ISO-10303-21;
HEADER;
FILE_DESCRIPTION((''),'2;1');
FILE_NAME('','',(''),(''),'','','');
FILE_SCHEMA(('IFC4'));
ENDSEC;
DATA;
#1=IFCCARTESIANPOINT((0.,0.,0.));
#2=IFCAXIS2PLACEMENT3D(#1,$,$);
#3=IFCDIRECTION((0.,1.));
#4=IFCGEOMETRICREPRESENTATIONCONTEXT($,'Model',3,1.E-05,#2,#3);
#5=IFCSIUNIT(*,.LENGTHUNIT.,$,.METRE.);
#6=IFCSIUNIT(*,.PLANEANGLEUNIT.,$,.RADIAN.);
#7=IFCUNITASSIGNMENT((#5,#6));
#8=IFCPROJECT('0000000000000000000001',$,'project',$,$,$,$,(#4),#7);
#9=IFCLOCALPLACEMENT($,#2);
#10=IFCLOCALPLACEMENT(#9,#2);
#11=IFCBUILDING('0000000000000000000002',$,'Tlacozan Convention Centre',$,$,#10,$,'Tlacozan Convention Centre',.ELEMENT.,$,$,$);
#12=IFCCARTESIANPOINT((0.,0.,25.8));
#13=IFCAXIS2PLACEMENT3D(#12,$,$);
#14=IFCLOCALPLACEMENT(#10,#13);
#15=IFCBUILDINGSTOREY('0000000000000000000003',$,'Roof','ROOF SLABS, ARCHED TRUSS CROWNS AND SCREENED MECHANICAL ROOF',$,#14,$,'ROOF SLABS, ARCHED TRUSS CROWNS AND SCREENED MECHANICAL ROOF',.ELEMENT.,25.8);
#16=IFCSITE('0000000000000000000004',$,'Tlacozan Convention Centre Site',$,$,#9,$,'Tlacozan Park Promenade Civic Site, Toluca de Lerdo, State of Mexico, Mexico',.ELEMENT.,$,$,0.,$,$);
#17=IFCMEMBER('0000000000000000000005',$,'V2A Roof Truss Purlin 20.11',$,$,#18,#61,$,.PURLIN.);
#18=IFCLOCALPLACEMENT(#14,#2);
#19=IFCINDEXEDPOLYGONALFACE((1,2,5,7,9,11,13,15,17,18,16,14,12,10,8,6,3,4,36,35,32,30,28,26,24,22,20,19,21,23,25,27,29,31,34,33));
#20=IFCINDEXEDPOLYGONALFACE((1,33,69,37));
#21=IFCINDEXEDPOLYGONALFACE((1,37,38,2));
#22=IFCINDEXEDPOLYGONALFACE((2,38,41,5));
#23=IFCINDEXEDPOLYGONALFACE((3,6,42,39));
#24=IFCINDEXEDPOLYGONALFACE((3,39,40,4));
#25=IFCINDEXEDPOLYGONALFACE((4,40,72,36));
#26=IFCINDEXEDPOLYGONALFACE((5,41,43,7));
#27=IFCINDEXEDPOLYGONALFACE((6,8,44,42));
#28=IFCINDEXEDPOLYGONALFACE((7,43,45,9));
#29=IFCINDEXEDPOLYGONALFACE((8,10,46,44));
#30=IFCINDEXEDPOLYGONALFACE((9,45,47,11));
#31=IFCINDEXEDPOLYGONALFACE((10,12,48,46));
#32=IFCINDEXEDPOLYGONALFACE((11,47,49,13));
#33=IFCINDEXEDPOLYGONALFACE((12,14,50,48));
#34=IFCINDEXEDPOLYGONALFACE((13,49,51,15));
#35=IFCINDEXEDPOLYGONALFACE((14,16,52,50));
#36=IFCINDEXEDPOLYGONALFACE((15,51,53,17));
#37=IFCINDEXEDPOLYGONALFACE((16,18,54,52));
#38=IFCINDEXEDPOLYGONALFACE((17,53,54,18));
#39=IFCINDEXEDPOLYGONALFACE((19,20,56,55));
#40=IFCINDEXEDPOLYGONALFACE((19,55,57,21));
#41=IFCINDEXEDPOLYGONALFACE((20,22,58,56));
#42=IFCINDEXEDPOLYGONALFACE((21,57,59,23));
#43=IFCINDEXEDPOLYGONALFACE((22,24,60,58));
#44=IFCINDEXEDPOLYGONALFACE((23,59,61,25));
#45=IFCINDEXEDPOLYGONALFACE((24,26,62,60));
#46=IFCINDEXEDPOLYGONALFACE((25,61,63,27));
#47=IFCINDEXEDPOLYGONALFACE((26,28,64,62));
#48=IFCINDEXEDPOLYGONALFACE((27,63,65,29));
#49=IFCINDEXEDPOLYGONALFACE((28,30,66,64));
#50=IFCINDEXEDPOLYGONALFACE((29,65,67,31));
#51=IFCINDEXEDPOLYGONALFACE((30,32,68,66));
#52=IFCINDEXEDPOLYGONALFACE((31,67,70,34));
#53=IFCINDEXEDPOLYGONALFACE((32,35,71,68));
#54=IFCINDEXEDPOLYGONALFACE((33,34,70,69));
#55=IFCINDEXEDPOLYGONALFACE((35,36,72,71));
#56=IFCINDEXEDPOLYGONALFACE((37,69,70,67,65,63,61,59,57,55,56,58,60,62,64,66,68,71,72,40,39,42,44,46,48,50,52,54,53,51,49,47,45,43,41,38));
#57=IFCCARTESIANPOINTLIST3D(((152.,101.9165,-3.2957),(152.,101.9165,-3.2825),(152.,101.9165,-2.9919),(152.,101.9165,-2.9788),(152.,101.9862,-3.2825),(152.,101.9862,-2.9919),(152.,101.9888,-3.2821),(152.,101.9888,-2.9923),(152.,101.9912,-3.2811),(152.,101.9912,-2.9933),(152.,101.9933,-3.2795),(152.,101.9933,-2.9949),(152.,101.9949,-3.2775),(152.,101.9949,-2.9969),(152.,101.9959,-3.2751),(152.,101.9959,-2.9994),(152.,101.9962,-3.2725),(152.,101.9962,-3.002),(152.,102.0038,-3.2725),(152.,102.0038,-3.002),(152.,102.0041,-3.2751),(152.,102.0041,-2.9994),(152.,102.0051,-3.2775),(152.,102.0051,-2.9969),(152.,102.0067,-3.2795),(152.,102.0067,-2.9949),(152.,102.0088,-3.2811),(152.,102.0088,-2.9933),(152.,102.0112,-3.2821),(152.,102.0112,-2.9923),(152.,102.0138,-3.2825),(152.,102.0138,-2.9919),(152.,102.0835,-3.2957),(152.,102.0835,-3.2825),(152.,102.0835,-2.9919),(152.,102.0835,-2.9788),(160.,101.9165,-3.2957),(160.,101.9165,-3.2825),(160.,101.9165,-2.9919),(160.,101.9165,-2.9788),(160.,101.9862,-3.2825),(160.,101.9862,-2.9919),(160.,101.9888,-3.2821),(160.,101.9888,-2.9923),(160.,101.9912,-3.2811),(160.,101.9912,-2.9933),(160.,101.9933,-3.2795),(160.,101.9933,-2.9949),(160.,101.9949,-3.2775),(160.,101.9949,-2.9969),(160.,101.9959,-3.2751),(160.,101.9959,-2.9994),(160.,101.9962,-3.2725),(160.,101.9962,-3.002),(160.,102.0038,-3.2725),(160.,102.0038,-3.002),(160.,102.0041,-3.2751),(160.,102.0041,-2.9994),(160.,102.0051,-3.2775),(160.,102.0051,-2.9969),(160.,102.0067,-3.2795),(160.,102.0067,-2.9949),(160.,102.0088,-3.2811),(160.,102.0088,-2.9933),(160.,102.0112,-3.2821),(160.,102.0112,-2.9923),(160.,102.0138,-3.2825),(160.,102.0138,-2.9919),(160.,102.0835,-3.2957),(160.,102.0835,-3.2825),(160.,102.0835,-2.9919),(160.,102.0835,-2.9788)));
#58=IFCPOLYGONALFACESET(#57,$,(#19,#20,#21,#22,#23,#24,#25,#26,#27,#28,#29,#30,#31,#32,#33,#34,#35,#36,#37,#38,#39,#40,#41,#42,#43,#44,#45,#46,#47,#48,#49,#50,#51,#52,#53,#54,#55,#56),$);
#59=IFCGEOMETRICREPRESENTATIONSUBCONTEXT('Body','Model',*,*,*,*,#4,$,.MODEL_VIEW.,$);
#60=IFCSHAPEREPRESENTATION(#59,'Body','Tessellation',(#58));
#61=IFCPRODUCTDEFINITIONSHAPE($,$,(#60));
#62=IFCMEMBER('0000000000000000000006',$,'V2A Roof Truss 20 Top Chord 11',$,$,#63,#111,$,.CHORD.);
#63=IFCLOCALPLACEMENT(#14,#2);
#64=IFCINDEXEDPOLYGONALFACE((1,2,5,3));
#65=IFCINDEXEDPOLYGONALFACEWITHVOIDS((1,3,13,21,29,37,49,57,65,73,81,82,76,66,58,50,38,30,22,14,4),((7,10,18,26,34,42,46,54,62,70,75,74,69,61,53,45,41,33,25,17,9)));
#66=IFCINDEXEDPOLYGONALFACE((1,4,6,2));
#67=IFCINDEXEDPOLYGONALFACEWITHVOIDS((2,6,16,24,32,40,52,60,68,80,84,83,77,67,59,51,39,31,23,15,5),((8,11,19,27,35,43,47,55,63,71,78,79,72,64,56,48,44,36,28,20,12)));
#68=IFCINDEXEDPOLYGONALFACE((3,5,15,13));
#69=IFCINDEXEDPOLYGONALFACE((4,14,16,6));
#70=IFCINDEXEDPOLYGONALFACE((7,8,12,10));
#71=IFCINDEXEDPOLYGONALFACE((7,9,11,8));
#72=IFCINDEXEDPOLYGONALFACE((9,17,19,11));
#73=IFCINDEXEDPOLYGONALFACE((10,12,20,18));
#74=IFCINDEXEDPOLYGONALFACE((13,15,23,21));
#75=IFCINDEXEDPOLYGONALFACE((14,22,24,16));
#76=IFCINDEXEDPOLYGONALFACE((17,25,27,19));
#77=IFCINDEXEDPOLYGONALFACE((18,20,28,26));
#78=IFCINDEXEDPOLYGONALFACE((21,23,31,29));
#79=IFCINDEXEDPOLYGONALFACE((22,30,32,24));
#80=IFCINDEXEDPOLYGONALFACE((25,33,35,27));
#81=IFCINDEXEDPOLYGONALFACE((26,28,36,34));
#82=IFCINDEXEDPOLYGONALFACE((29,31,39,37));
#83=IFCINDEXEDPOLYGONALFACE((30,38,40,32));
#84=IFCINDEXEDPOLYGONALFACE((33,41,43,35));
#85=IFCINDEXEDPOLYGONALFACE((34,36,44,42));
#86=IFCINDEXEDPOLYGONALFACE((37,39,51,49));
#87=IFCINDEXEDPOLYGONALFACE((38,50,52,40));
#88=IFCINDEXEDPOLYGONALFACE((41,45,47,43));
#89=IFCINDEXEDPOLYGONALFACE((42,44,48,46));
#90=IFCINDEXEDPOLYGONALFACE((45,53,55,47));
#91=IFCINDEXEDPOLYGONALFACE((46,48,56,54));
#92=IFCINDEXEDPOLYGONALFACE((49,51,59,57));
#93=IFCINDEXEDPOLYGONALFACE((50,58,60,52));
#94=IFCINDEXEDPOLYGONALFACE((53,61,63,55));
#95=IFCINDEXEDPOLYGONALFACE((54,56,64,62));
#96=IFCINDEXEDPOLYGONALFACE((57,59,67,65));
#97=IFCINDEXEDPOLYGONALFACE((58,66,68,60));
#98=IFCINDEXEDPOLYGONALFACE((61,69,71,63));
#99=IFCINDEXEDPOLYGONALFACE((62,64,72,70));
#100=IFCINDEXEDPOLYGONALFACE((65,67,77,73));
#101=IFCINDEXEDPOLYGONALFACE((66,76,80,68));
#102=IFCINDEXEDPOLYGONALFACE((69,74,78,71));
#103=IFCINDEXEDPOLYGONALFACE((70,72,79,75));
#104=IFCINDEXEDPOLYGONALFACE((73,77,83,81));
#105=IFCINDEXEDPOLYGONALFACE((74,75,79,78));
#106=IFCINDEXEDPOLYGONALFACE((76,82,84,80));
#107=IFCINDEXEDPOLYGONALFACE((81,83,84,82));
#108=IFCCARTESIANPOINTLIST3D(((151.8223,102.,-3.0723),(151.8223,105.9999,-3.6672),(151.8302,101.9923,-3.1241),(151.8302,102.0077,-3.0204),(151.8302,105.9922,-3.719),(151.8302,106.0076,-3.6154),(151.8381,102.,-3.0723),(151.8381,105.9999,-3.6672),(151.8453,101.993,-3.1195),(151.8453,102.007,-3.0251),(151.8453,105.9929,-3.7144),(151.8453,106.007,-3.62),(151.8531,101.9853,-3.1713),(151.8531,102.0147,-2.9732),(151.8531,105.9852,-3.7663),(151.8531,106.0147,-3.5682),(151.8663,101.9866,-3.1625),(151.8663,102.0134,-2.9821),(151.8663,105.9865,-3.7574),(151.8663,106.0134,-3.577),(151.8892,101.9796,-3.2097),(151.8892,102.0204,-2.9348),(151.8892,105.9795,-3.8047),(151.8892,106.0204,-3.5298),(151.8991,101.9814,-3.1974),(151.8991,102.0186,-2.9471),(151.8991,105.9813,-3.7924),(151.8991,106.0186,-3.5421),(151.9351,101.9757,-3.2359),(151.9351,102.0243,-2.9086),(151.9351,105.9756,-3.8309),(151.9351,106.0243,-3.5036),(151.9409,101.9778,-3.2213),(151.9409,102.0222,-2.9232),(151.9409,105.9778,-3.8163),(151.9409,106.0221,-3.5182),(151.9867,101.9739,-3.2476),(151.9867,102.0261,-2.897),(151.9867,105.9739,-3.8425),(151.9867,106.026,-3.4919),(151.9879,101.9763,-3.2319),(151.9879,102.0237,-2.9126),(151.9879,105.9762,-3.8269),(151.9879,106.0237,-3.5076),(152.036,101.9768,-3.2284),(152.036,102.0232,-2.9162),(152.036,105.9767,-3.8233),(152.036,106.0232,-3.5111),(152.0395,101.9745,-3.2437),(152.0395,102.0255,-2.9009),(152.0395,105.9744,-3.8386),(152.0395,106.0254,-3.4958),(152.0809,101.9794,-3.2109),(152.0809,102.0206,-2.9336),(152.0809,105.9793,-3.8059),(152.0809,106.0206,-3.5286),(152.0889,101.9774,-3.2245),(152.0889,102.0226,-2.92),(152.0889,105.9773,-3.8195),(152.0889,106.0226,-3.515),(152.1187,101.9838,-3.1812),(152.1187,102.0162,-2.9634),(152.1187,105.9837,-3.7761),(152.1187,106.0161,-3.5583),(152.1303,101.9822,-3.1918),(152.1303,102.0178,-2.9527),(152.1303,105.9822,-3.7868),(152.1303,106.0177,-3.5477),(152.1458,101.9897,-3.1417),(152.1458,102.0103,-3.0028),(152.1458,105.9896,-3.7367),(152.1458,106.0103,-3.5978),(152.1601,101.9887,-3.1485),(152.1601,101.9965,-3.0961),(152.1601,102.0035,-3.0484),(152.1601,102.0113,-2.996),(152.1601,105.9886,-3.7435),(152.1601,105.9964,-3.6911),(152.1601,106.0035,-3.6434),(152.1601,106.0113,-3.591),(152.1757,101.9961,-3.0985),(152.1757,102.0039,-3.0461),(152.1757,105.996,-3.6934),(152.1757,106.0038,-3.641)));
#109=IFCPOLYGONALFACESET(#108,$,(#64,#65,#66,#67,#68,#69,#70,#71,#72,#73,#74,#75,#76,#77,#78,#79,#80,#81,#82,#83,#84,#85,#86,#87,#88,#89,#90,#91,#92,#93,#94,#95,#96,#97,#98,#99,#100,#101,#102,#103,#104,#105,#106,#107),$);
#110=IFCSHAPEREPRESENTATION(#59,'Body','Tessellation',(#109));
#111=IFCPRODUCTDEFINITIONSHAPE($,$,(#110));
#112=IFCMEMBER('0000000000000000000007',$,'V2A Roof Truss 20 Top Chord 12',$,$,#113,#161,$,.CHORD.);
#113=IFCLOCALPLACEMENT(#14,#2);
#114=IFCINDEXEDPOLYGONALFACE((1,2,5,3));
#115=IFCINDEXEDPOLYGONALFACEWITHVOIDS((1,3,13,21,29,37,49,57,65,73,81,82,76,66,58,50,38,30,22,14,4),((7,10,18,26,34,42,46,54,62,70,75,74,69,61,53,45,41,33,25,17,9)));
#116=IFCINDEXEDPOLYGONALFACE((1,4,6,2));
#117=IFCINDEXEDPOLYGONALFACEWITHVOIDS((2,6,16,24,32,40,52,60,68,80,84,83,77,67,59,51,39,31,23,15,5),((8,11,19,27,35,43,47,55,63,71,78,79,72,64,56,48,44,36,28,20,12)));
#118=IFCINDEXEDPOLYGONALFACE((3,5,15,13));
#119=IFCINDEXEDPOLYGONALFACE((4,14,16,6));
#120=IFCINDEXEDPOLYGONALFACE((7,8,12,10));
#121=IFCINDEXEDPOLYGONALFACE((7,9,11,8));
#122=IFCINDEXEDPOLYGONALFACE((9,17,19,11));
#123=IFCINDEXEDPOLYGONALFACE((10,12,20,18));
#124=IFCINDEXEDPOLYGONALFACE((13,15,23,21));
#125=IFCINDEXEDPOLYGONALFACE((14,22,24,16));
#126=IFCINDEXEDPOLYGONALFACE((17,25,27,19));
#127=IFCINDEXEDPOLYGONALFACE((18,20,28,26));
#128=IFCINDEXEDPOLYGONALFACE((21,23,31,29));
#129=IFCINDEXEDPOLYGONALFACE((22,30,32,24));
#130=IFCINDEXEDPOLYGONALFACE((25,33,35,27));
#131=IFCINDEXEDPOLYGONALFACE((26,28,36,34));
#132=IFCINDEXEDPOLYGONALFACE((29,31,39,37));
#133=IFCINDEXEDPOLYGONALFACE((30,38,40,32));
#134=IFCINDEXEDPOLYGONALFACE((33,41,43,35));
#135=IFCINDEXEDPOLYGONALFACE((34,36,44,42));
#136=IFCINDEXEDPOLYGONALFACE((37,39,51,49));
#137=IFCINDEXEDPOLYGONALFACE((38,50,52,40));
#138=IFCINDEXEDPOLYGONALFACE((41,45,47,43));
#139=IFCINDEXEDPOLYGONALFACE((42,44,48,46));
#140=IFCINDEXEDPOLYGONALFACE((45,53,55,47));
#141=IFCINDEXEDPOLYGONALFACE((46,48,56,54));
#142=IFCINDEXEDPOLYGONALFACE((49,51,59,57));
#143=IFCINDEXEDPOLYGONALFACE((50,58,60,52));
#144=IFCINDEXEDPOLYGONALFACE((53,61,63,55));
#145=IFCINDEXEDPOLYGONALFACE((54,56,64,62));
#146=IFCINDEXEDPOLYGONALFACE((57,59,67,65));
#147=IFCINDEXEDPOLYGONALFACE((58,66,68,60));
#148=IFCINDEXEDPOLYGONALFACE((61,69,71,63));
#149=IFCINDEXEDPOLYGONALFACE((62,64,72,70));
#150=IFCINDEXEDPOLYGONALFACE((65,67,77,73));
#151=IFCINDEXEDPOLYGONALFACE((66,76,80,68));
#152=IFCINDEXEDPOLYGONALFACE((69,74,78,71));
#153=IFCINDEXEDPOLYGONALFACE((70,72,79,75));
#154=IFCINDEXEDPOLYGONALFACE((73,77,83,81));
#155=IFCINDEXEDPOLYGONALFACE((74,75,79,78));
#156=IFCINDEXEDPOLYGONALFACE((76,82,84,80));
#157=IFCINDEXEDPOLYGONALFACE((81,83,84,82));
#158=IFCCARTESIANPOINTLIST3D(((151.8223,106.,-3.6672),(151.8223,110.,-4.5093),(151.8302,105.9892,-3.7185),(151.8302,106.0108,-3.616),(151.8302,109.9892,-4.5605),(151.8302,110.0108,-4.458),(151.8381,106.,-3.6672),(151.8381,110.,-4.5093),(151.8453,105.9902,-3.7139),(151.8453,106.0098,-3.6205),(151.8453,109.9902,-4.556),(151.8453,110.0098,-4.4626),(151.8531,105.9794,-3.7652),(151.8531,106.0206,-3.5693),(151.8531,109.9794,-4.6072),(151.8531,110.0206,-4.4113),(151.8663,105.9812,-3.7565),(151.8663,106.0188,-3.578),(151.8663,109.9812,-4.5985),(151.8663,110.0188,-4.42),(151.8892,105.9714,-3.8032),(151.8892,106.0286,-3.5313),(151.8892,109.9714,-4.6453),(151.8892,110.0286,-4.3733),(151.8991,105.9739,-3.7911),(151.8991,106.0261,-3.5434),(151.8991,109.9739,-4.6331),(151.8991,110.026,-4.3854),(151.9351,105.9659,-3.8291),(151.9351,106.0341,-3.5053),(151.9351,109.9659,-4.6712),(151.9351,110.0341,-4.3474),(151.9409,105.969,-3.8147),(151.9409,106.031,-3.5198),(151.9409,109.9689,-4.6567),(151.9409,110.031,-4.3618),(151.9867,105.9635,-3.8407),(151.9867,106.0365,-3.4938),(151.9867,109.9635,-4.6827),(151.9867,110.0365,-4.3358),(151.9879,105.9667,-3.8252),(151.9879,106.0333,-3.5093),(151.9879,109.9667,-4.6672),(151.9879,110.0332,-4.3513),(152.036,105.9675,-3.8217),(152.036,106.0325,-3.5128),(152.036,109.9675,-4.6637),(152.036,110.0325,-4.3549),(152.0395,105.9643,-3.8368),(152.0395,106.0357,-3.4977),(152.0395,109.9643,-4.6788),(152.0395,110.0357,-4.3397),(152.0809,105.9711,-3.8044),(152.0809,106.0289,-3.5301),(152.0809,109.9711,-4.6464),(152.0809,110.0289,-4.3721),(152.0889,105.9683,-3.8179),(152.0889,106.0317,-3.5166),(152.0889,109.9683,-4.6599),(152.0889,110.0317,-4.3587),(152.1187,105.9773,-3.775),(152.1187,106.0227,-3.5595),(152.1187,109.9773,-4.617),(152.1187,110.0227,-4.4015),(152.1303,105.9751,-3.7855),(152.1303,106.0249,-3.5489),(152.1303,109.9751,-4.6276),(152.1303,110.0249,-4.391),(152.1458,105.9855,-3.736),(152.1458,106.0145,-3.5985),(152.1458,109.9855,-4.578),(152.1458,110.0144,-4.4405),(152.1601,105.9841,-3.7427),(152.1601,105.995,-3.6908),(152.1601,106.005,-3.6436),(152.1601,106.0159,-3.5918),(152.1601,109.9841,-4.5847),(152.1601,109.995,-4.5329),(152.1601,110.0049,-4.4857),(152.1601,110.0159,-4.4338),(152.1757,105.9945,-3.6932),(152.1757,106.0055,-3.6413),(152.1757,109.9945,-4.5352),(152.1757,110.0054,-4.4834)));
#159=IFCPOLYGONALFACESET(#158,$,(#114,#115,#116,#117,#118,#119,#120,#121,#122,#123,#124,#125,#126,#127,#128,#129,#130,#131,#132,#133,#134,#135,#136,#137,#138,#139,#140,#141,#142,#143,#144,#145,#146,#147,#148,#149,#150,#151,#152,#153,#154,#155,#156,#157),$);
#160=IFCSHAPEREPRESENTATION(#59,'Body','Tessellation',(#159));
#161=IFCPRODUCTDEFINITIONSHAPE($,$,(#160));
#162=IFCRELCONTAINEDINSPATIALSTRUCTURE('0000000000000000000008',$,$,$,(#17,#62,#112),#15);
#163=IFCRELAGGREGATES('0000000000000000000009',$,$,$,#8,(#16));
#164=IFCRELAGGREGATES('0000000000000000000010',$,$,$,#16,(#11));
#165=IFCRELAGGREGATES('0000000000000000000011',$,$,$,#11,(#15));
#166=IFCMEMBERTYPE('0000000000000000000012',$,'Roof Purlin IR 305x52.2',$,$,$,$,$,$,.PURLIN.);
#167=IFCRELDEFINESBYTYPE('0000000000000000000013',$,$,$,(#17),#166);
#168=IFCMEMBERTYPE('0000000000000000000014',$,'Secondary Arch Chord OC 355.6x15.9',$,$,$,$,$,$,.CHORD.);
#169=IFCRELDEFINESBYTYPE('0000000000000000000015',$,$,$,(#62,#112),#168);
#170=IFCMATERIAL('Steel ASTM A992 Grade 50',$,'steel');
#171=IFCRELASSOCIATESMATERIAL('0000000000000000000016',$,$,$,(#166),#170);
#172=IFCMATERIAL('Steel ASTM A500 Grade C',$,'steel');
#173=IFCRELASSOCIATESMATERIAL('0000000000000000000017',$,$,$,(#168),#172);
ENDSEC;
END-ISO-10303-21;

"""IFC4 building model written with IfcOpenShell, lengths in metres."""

from ifc_helpers import new_model, si_unit, direction, frame, origin, origin_2d, place, context, subcontext, project, spatial, hollow_circle, i_section, extrude, material, material_profile, profile_set, type_object, element, save


model = new_model("IFC4")

# Units and contexts
model_context = context("Model", 3, precision=1e-05, world=origin(), true_north=direction((0.0, 1.0)))
body_context = subcontext(model_context, "Body", "Model", "MODEL_VIEW")
ifc_project = project(units=[si_unit("LENGTHUNIT", "METRE"), si_unit("PLANEANGLEUNIT", "RADIAN")], contexts=[model_context])

# Site, building, storey
site_placement = place(None, origin())
site = spatial("IfcSite", under=ifc_project, at=site_placement, Name="Tlacozan Convention Centre Site", LongName="Tlacozan Park Promenade Civic Site, Toluca de Lerdo, State of Mexico, Mexico", CompositionType="ELEMENT", RefElevation=0.0)
building_placement = place(site_placement, origin())
building = spatial("IfcBuilding", under=site, at=building_placement, Name="Tlacozan Convention Centre", LongName="Tlacozan Convention Centre", CompositionType="ELEMENT")
storey_placement = place(building_placement, frame((0.0, 0.0, 25.8)))
storey = spatial("IfcBuildingStorey", under=building, at=storey_placement, Name="Roof", Description="ROOF SLABS, ARCHED TRUSS CROWNS AND SCREENED MECHANICAL ROOF", LongName="ROOF SLABS, ARCHED TRUSS CROWNS AND SCREENED MECHANICAL ROOF", CompositionType="ELEMENT", Elevation=25.8)

# Members
ifc_material_1 = material(Name="Steel ASTM A500 Grade C", Category="steel")
ifc_material_2 = material(Name="Steel ASTM A992 Grade 50", Category="steel")
ifc_material_profile_1 = material_profile(ifc_material_2, i_section(OverallWidth=0.167, OverallDepth=0.3169, WebThickness=0.0076, FlangeThickness=0.0132, FilletRadius=0.01, at=origin_2d()), Name="IR 305x52.2")
ifc_profile_set_1 = profile_set([ifc_material_profile_1], Name="Steel ASTM A992 Grade 50")
member_type_1 = type_object("IfcMemberType", Name="Roof Purlin IR 305x52.2", PredefinedType="PURLIN", material=ifc_profile_set_1)
for number, where, z_axis, x_axis, name in (
    (1, (152.0, 102.0, -3.1372), (1.0, 0.0, 0.0), (0.0, 1.0, 0.0), "V2A Roof Truss Purlin 20.11"),
):
    element("IfcMember", number, at=place(storey_placement, frame(where, z_axis=z_axis, x_axis=x_axis)), inside=storey, type_object=member_type_1, Name=name, PredefinedType="PURLIN", context=body_context, shape_type="SweptSolid", body=[
        extrude(i_section(OverallWidth=0.167, OverallDepth=0.3169, WebThickness=0.0076, FlangeThickness=0.0132, FilletRadius=0.01, at=origin_2d()), origin(), (0.0, 0.0, 1.0), 8.0),
    ])
ifc_material_profile_2 = material_profile(ifc_material_1, hollow_circle(Radius=0.1777, WallThickness=0.0159, at=origin_2d()), Name="OC 355.6x15.9")
ifc_profile_set_2 = profile_set([ifc_material_profile_2], Name="Steel ASTM A500 Grade C")
member_type_2 = type_object("IfcMemberType", Name="Secondary Arch Chord OC 355.6x15.9", PredefinedType="CHORD", material=ifc_profile_set_2)
member_1_placement = place(storey_placement, frame((152.0, 102.0, -3.0723), z_axis=(0.0, 0.989118, -0.147124), x_axis=(-1.0, 0.0, 0.0)))
element("IfcMember", 2, at=member_1_placement, inside=storey, type_object=member_type_2, Name="V2A Roof Truss 20 Top Chord 11", PredefinedType="CHORD", context=body_context, shape_type="SweptSolid", body=[
    extrude(hollow_circle(Radius=0.1777, WallThickness=0.0159, at=origin_2d()), origin(), (0.0, 0.0, 1.0), 4.0439),
])
member_2_placement = place(storey_placement, frame((152.0, 106.0, -3.6672), z_axis=(0.0, 0.978553, -0.205995), x_axis=(-1.0, 0.0, 0.0)))
element("IfcMember", 3, at=member_2_placement, inside=storey, type_object=member_type_2, Name="V2A Roof Truss 20 Top Chord 12", PredefinedType="CHORD", context=body_context, shape_type="SweptSolid", body=[
    extrude(hollow_circle(Radius=0.1777, WallThickness=0.0159, at=origin_2d()), origin(), (0.0, 0.0, 1.0), 4.0876),
])

save(model, "model.ifc")
